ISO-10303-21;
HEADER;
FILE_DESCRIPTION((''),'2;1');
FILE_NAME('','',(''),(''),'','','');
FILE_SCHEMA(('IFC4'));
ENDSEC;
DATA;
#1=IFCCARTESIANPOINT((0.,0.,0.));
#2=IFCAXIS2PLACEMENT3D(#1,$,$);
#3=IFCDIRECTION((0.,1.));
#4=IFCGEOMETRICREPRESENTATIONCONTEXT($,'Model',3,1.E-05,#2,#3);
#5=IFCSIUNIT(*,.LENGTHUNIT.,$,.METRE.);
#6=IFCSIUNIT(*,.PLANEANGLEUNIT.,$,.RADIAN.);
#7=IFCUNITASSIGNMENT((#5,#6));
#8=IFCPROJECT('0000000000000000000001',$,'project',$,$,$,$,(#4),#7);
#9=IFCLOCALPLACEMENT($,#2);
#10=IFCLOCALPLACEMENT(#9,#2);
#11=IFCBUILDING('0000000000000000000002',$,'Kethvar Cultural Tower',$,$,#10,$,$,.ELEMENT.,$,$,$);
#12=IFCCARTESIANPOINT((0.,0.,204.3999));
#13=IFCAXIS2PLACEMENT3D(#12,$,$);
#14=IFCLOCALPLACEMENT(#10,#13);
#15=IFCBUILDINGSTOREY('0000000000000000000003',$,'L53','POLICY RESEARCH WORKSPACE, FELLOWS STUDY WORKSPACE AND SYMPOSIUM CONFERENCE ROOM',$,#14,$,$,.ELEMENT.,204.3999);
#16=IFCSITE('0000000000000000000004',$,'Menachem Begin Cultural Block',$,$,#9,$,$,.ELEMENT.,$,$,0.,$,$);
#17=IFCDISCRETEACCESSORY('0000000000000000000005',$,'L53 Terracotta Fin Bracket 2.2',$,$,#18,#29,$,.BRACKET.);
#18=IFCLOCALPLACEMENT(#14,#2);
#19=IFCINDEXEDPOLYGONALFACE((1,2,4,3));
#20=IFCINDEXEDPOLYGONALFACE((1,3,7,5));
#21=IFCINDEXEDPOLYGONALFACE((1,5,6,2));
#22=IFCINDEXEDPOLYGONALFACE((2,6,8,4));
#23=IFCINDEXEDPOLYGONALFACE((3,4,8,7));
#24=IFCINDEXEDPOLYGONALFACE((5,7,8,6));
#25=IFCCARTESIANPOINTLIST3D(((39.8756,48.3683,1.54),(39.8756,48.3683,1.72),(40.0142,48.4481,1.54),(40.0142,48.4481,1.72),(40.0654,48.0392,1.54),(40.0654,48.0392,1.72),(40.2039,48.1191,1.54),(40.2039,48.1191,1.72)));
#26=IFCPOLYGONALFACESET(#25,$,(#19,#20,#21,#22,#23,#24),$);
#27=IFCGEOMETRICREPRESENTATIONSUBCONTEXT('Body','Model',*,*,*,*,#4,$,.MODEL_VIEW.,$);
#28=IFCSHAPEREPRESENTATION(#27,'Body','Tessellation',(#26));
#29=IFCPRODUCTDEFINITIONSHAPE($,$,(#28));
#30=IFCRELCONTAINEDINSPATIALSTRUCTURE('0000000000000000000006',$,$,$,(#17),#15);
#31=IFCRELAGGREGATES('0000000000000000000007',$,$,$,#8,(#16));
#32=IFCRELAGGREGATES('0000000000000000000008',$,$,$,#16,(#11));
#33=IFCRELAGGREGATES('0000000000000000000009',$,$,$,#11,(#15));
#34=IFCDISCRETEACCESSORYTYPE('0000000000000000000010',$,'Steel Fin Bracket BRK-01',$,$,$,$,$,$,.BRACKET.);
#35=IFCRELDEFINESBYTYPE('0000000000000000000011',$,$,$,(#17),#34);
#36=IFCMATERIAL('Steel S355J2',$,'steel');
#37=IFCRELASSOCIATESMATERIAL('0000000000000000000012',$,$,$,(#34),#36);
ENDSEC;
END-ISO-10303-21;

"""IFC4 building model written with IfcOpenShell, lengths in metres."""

from ifc_helpers import new_model, si_unit, direction, frame, origin, origin_2d, place, context, subcontext, project, spatial, rectangle, extrude, source, transform, mapped, material, type_object, element, save


model = new_model("IFC4")

# Units and contexts
model_context = context("Model", 3, precision=1e-05, world=origin(), true_north=direction((0.0, 1.0)))
body_context = subcontext(model_context, "Body", "Model", "MODEL_VIEW")
ifc_project = project(units=[si_unit("LENGTHUNIT", "METRE"), si_unit("PLANEANGLEUNIT", "RADIAN")], contexts=[model_context])

# Site, building, storey
site_placement = place(None, origin())
site = spatial("IfcSite", under=ifc_project, at=site_placement, Name="Menachem Begin Cultural Block", CompositionType="ELEMENT", RefElevation=0.0)
building_placement = place(site_placement, origin())
building = spatial("IfcBuilding", under=site, at=building_placement, Name="Kethvar Cultural Tower", CompositionType="ELEMENT")
storey_placement = place(building_placement, frame((0.0, 0.0, 204.3999)))
storey = spatial("IfcBuildingStorey", under=building, at=storey_placement, Name="L53", Description="POLICY RESEARCH WORKSPACE, FELLOWS STUDY WORKSPACE AND SYMPOSIUM CONFERENCE ROOM", CompositionType="ELEMENT", Elevation=204.3999)

# Shared definitions
ifc_material_1 = material(Name="Steel S355J2", Category="steel")

# Discrete accessory
discrete_accessory_type = type_object("IfcDiscreteAccessoryType", Name="Steel Fin Bracket BRK-01", PredefinedType="BRACKET", material=ifc_material_1)
shared_shape_1 = source(origin(), body_context, "Body", "SweptSolid", [
    extrude(rectangle(XDim=0.3799, YDim=0.1599, at=origin_2d()), origin(), (0.0, 0.0, 1.0), 0.1799),
])
for number, where, z_axis, x_axis, name in (
    (1, (40.0398, 48.2437, 1.54), (0.0, 0.0, 1.0), (-0.499546, 0.866287, 0.0), "L53 Terracotta Fin Bracket 2.2"),
):
    element("IfcDiscreteAccessory", number, at=place(storey_placement, frame(where, z_axis=z_axis, x_axis=x_axis)), inside=storey, type_object=discrete_accessory_type, Name=name, PredefinedType="BRACKET", context=body_context, shape_type="MappedRepresentation", body=[
        mapped(shared_shape_1, transform((0.0, 0.0, 0.0), scale=1.0)),
    ])

save(model, "model.ifc")
